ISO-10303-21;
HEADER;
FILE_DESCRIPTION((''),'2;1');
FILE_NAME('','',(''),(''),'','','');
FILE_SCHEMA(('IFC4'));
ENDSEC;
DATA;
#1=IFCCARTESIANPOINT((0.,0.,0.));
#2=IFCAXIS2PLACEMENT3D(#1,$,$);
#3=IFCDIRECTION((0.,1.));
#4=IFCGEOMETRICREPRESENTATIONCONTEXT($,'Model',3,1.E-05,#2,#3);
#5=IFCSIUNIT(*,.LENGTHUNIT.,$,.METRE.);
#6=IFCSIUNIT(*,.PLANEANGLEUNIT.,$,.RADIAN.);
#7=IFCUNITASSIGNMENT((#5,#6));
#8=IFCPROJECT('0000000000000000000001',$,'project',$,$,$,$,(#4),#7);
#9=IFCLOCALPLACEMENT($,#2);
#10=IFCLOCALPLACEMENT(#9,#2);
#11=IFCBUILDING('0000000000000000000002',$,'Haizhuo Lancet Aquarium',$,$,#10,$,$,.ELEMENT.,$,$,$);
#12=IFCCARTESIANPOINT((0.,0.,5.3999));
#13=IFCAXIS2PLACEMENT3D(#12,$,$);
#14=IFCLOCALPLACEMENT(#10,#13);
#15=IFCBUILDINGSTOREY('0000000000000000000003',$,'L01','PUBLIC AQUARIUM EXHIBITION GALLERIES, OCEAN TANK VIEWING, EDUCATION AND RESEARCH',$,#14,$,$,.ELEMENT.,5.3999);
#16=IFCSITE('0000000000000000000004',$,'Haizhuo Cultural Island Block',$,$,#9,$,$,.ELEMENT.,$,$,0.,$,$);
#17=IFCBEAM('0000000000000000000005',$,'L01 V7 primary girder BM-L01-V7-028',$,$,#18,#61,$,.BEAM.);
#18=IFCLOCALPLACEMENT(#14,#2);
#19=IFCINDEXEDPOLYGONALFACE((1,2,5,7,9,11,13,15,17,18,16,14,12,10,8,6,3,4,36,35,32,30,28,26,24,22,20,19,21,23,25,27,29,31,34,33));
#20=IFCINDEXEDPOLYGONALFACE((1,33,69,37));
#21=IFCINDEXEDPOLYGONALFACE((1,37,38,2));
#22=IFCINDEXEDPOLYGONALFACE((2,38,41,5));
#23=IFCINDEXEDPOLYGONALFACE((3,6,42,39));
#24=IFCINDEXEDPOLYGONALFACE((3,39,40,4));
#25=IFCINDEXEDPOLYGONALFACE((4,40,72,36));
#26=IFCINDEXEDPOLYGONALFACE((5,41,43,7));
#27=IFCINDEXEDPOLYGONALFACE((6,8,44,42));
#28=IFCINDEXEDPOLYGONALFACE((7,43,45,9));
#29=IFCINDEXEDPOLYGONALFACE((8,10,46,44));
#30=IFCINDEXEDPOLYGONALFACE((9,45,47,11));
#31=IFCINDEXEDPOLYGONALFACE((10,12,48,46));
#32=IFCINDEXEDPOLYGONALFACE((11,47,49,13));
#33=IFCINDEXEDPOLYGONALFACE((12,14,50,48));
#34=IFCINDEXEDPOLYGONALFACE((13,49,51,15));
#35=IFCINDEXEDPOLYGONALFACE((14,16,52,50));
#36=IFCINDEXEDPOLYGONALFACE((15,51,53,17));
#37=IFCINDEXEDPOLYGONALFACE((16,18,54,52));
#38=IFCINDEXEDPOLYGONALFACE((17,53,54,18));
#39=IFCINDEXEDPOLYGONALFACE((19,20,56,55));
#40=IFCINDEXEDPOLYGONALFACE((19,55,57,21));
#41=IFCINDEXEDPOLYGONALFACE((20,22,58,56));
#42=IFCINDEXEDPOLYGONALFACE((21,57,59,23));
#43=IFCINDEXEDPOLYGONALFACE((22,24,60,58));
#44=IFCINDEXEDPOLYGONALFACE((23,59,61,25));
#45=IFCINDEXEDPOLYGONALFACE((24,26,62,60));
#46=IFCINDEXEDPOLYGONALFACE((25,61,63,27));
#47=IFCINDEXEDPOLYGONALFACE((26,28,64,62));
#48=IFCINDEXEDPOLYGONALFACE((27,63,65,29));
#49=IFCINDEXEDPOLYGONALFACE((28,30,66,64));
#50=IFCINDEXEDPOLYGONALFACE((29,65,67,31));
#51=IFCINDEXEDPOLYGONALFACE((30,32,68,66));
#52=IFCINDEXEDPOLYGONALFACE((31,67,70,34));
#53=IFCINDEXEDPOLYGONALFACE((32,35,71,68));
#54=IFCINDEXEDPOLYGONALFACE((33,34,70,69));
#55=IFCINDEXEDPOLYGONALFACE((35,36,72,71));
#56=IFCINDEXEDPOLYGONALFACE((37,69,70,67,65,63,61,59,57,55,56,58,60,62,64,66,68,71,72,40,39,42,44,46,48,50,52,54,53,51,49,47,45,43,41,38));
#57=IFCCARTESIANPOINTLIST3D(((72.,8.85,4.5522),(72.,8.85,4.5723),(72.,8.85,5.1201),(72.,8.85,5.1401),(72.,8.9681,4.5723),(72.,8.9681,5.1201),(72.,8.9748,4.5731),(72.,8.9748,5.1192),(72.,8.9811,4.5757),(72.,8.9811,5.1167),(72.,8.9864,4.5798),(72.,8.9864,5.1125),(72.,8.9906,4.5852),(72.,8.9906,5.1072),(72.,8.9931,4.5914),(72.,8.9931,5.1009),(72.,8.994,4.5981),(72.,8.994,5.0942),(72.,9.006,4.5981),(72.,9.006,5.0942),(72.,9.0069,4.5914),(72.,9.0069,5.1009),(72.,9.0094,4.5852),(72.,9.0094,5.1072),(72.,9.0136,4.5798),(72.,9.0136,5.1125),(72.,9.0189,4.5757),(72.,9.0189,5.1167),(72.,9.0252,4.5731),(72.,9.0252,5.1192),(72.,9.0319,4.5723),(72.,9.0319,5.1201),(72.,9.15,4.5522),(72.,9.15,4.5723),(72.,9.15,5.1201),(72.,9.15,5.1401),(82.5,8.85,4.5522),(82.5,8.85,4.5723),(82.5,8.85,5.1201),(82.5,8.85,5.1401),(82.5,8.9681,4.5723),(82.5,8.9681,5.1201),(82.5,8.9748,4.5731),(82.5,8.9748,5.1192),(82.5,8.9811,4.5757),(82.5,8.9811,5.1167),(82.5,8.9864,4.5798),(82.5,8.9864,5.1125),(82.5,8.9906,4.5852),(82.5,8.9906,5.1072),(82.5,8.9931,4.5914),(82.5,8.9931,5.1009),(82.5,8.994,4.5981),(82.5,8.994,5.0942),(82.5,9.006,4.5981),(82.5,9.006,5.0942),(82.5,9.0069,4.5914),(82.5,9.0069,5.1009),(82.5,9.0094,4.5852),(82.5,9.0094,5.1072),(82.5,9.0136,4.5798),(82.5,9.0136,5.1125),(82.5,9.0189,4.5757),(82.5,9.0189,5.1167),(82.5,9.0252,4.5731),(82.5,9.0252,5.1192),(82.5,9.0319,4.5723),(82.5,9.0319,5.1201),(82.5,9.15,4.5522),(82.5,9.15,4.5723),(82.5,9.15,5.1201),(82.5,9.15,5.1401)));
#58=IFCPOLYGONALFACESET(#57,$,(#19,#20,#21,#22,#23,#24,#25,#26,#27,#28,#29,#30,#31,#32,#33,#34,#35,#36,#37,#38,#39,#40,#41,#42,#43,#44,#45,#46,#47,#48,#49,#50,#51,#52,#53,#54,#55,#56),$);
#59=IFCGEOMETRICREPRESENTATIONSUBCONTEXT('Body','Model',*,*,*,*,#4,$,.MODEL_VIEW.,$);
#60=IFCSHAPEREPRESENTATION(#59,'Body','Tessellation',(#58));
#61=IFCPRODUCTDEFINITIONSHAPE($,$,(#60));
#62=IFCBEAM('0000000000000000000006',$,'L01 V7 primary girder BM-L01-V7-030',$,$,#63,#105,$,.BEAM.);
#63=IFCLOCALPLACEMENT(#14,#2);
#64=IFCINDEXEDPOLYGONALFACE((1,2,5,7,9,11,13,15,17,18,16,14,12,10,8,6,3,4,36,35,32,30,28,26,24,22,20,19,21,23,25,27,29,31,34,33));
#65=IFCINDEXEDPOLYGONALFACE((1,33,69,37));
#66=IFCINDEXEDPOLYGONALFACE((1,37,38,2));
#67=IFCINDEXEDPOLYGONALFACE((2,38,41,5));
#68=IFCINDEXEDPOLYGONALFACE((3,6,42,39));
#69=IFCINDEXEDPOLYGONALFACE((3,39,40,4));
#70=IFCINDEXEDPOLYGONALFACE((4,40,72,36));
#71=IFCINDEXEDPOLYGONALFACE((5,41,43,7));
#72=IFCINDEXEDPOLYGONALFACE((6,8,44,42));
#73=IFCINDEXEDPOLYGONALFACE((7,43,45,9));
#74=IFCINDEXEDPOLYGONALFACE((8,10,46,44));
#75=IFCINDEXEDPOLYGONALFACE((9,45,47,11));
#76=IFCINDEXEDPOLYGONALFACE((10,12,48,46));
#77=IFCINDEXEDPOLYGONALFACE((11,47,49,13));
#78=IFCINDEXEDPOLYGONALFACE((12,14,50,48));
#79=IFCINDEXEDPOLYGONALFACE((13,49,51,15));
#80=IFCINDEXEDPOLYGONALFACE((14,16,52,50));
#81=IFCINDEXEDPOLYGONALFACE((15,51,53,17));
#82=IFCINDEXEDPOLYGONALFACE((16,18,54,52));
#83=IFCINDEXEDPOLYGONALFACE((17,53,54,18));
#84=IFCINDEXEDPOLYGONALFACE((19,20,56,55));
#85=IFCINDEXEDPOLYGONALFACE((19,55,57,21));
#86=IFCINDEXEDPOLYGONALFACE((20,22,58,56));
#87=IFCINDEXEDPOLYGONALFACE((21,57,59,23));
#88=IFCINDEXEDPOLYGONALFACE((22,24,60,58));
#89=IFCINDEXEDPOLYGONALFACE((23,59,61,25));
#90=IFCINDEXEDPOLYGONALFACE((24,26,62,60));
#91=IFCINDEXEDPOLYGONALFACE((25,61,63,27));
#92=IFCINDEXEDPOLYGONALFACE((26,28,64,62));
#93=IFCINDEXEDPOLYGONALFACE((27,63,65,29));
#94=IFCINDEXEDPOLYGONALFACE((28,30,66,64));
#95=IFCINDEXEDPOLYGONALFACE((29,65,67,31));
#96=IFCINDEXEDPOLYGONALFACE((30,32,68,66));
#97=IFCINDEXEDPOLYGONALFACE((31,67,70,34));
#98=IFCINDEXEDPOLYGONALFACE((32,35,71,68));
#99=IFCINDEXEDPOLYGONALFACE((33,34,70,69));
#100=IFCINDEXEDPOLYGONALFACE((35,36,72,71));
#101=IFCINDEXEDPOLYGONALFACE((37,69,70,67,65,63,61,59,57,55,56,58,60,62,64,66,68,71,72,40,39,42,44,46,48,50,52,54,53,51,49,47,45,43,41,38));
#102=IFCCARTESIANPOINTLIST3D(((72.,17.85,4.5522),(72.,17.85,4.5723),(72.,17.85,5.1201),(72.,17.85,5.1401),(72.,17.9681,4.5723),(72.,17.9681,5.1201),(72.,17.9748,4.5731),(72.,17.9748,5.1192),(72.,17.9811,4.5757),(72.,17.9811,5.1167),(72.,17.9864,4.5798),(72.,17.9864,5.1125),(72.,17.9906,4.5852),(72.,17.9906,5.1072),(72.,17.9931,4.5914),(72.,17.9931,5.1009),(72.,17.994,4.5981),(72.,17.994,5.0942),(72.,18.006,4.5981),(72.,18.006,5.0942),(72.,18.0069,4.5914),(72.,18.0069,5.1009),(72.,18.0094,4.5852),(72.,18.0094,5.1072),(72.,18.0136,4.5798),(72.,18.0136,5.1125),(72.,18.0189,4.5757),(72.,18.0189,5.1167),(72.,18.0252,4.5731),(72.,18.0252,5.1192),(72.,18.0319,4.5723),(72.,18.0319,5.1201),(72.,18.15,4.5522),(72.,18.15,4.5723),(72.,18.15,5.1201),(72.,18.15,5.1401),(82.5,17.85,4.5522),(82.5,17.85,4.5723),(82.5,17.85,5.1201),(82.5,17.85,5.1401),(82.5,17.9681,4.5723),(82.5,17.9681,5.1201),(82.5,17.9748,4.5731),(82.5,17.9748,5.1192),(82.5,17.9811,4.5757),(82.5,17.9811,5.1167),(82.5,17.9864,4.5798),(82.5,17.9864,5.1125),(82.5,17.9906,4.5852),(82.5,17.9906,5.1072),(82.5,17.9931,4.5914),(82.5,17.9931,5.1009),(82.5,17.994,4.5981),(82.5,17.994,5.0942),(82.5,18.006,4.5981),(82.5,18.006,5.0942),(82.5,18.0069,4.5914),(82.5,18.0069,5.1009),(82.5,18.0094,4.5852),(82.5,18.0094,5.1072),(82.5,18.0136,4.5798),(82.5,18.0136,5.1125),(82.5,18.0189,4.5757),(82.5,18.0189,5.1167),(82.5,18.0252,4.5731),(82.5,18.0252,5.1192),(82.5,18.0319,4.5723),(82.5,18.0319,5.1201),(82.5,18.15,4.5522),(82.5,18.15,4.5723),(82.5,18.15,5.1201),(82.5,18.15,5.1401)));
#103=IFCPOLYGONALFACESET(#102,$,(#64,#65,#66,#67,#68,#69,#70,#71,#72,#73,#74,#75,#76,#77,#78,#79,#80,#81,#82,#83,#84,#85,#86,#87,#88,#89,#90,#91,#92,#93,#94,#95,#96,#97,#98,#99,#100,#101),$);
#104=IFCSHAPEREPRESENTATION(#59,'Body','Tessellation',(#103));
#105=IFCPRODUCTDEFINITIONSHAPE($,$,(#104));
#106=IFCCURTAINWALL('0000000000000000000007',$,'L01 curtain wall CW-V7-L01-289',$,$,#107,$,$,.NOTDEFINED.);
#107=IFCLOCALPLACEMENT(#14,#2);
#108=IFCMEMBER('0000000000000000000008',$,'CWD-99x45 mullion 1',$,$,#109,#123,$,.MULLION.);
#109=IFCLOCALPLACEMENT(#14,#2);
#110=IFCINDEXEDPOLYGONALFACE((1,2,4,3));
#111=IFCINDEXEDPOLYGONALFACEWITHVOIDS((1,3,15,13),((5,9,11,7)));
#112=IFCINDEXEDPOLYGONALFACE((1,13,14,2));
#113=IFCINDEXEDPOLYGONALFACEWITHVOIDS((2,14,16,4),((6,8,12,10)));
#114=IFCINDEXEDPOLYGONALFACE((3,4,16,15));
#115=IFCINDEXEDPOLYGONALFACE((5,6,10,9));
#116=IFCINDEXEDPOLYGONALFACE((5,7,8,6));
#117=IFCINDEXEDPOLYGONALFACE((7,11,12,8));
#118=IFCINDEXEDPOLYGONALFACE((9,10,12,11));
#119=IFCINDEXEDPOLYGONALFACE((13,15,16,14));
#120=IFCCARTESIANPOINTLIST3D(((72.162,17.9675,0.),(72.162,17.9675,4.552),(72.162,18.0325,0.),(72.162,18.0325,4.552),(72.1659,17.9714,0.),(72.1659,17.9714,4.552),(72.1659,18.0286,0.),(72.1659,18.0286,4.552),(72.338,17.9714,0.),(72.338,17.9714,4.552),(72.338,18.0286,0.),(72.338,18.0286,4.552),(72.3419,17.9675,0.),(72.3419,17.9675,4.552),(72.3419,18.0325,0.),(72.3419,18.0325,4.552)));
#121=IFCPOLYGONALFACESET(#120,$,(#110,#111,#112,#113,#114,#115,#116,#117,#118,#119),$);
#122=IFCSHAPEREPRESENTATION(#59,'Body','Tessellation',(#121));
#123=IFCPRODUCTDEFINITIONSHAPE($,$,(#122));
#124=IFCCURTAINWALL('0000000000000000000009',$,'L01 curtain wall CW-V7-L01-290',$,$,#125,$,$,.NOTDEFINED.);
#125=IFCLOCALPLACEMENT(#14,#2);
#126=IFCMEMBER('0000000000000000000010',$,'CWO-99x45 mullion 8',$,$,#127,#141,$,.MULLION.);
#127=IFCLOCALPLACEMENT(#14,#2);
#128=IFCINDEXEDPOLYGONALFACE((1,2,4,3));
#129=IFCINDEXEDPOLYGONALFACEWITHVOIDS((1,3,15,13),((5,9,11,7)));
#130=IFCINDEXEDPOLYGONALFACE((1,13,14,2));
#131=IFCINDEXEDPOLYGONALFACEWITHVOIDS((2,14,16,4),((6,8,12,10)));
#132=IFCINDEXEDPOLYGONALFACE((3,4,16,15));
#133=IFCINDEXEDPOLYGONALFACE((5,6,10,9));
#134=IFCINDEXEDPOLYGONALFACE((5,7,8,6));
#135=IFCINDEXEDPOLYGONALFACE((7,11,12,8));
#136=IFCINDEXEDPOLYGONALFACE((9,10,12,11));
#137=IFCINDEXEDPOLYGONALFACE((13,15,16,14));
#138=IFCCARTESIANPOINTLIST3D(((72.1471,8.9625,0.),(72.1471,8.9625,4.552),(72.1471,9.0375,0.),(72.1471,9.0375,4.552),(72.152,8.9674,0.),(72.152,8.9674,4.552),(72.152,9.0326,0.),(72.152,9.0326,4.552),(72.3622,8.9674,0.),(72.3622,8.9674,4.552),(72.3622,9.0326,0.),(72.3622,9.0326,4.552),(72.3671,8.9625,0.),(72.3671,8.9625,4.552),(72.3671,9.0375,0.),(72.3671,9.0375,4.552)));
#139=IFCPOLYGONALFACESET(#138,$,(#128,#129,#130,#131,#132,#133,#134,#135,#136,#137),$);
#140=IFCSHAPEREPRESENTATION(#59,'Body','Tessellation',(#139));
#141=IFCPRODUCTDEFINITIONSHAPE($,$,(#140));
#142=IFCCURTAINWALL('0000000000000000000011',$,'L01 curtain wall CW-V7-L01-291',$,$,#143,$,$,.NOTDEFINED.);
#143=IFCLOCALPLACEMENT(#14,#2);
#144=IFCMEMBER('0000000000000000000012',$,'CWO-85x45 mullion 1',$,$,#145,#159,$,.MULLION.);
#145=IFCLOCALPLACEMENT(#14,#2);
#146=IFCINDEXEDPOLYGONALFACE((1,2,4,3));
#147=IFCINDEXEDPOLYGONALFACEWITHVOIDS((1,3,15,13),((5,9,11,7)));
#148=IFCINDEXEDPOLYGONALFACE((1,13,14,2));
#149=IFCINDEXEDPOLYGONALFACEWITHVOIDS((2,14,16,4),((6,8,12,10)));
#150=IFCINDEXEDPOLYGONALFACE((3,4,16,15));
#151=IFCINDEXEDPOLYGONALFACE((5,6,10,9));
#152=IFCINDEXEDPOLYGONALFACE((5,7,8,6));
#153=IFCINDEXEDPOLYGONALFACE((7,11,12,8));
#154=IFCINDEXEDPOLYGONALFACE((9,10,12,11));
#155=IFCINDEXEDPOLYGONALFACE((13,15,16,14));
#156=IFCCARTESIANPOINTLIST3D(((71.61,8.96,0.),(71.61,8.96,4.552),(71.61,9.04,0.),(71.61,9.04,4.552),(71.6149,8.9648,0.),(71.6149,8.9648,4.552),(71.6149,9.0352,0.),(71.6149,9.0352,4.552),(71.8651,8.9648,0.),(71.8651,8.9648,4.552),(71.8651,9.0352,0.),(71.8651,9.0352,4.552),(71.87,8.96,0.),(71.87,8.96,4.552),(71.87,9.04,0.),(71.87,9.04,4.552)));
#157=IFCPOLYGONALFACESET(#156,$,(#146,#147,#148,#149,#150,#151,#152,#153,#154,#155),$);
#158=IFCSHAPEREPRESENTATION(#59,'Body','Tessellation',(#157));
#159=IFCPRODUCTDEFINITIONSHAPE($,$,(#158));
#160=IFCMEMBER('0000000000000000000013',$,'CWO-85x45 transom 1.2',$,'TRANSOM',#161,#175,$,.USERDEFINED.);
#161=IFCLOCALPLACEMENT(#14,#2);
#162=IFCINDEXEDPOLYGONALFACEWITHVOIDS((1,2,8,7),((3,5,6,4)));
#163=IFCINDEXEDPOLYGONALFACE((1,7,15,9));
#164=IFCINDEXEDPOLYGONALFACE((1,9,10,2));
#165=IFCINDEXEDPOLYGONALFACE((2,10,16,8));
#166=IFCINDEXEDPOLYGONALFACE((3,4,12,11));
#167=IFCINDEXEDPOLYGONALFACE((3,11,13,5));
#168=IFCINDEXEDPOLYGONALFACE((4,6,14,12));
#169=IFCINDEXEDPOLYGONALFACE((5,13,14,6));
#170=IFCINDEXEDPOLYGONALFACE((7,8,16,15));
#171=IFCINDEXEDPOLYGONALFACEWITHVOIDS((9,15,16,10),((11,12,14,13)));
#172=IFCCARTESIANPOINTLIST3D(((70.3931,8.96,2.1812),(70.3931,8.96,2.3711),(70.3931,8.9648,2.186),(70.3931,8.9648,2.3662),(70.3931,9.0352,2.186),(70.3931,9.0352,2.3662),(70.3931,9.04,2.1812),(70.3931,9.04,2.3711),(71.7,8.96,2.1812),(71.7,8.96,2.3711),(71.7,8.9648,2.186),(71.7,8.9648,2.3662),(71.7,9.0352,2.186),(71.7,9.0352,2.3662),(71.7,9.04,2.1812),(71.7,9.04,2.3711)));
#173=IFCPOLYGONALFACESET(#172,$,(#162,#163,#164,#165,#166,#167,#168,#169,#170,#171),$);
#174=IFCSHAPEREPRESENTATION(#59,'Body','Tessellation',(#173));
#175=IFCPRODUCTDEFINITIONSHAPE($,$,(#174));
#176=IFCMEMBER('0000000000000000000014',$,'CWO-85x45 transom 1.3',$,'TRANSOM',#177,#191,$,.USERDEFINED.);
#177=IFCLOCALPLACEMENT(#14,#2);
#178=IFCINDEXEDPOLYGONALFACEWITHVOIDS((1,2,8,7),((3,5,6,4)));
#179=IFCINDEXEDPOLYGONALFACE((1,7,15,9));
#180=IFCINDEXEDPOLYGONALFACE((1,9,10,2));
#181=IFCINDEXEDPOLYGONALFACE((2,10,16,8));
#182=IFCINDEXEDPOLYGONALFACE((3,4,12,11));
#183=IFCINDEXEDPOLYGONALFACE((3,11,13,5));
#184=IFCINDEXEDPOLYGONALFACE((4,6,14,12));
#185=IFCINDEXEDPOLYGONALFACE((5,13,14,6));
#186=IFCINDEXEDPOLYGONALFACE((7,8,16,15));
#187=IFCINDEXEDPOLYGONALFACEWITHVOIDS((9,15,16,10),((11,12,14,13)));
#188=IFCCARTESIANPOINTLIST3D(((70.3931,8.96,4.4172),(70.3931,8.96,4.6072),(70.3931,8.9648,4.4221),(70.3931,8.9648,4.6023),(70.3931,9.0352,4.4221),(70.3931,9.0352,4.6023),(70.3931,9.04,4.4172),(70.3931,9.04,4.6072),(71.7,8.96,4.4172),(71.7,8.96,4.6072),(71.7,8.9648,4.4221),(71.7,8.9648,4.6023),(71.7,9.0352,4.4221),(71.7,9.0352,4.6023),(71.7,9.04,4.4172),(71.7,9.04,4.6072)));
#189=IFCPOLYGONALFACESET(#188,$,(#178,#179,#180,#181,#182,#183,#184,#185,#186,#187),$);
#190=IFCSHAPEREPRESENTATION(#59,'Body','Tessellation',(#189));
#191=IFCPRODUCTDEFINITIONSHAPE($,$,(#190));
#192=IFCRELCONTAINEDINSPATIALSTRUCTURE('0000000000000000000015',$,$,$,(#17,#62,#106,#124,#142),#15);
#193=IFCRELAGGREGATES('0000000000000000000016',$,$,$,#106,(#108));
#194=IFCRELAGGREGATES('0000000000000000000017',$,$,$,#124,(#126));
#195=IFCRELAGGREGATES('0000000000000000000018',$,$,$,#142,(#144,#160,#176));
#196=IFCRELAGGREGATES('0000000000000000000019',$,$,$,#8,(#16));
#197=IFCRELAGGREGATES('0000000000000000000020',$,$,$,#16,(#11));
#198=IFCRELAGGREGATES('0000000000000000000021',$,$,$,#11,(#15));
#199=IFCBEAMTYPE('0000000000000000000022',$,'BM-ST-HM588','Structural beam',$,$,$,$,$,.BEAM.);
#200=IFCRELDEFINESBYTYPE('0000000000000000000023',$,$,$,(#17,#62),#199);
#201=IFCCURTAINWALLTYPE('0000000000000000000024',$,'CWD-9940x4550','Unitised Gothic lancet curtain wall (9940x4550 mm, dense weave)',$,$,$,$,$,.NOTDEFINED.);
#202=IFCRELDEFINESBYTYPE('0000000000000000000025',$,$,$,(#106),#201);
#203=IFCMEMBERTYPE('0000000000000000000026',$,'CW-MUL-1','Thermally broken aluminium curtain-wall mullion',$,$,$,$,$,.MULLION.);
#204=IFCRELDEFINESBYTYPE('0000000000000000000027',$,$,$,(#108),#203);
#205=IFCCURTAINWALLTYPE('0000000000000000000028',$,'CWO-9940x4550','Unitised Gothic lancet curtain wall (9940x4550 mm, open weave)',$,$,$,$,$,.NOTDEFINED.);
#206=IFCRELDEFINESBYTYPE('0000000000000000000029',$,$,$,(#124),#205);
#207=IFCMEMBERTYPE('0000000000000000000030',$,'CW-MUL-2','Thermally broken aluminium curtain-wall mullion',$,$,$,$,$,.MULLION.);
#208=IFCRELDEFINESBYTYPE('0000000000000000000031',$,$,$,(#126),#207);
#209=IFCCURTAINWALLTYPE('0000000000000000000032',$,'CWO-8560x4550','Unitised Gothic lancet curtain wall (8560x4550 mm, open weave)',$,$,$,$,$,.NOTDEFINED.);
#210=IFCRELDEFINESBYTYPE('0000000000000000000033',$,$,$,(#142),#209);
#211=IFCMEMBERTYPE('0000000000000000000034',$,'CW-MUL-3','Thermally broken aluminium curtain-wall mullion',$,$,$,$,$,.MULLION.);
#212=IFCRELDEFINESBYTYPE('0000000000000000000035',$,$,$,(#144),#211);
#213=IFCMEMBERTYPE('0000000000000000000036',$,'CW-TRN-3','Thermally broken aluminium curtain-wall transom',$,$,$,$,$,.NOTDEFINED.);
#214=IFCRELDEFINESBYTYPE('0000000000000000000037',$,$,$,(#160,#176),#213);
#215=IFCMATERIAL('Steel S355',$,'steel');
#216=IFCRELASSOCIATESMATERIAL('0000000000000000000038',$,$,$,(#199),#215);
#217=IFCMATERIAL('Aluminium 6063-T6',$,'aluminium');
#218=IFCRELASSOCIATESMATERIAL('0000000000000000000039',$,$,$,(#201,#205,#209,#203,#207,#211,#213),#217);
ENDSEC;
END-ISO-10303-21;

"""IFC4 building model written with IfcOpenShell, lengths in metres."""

from ifc_helpers import new_model, si_unit, direction, frame, origin, origin_2d, place, context, subcontext, project, spatial, hollow_rectangle, i_section, extrude, material, material_profile, profile_set, type_object, element, aggregate, save


model = new_model("IFC4")

# Units and contexts
model_context = context("Model", 3, precision=1e-05, world=origin(), true_north=direction((0.0, 1.0)))
body_context = subcontext(model_context, "Body", "Model", "MODEL_VIEW")
ifc_project = project(units=[si_unit("LENGTHUNIT", "METRE"), si_unit("PLANEANGLEUNIT", "RADIAN")], contexts=[model_context])

# Site, building, storey
site_placement = place(None, origin())
site = spatial("IfcSite", under=ifc_project, at=site_placement, Name="Haizhuo Cultural Island Block", CompositionType="ELEMENT", RefElevation=0.0)
building_placement = place(site_placement, origin())
building = spatial("IfcBuilding", under=site, at=building_placement, Name="Haizhuo Lancet Aquarium", CompositionType="ELEMENT")
storey_placement = place(building_placement, frame((0.0, 0.0, 5.3999)))
storey = spatial("IfcBuildingStorey", under=building, at=storey_placement, Name="L01", Description="PUBLIC AQUARIUM EXHIBITION GALLERIES, OCEAN TANK VIEWING, EDUCATION AND RESEARCH", CompositionType="ELEMENT", Elevation=5.3999)

# Shared definitions
ifc_material_1 = material(Name="Steel S355", Category="steel")

# Beams
ifc_material_profile_1 = material_profile(ifc_material_1, i_section(OverallWidth=0.3, OverallDepth=0.5879, WebThickness=0.012, FlangeThickness=0.02, FilletRadius=0.0259, at=origin_2d()), Name="HM 588x300x12x20")
ifc_profile_set_1 = profile_set([ifc_material_profile_1], Name="Steel S355")
beam_type_1 = type_object("IfcBeamType", Name="BM-ST-HM588", Description="Structural beam", PredefinedType="BEAM", material=ifc_profile_set_1)
for number, where, z_axis, x_axis, name in (
    (1, (72.0, 9.0, 4.8462), (1.0, 0.0, 0.0), (0.0, 1.0, 0.0), "L01 V7 primary girder BM-L01-V7-028"),
    (2, (72.0, 18.0, 4.8462), (1.0, 0.0, 0.0), (0.0, 1.0, 0.0), "L01 V7 primary girder BM-L01-V7-030"),
):
    element("IfcBeam", number, at=place(storey_placement, frame(where, z_axis=z_axis, x_axis=x_axis)), inside=storey, type_object=beam_type_1, Name=name, PredefinedType="BEAM", context=body_context, shape_type="SweptSolid", body=[
        extrude(i_section(OverallWidth=0.3, OverallDepth=0.5879, WebThickness=0.012, FlangeThickness=0.02, FilletRadius=0.0259, at=origin_2d()), origin(), (0.0, 0.0, 1.0), 10.5),
    ])

# Curtain walls, members
ifc_material_2 = material(Name="Aluminium 6063-T6", Category="aluminium")
curtain_wall_type_1 = type_object("IfcCurtainWallType", Name="CWD-9940x4550", Description="Unitised Gothic lancet curtain wall (9940x4550 mm, dense weave)", PredefinedType="NOTDEFINED", material=ifc_material_2)
curtain_wall_1_placement = place(storey_placement, origin())
curtain_wall_1 = element("IfcCurtainWall", 3, at=curtain_wall_1_placement, inside=storey, type_object=curtain_wall_type_1, Name="L01 curtain wall CW-V7-L01-289", PredefinedType="NOTDEFINED")
ifc_material_profile_2 = material_profile(ifc_material_2, hollow_rectangle(XDim=0.0649, YDim=0.1799, WallThickness=0.0039, at=origin_2d()), Name="ALU-M 65x180x4")
ifc_profile_set_2 = profile_set([ifc_material_profile_2], Name="Aluminium 6063-T6")
member_type_1 = type_object("IfcMemberType", Name="CW-MUL-1", Description="Thermally broken aluminium curtain-wall mullion", PredefinedType="MULLION", material=ifc_profile_set_2)
member_1_placement = place(storey_placement, frame((72.252, 18.0, 0.0), z_axis=(0.0, 0.0, 1.0), x_axis=(0.0, 1.0, 0.0)))
member_1 = element("IfcMember", 4, at=member_1_placement, type_object=member_type_1, Name="CWD-99x45 mullion 1", PredefinedType="MULLION", context=body_context, shape_type="SweptSolid", body=[
    extrude(hollow_rectangle(XDim=0.0649, YDim=0.1799, WallThickness=0.0039, at=origin_2d()), origin(), (0.0, 0.0, 1.0), 4.552),
])
aggregate(curtain_wall_1, [member_1])
curtain_wall_type_2 = type_object("IfcCurtainWallType", Name="CWO-9940x4550", Description="Unitised Gothic lancet curtain wall (9940x4550 mm, open weave)", PredefinedType="NOTDEFINED", material=ifc_material_2)
curtain_wall_2_placement = place(storey_placement, origin())
curtain_wall_2 = element("IfcCurtainWall", 5, at=curtain_wall_2_placement, inside=storey, type_object=curtain_wall_type_2, Name="L01 curtain wall CW-V7-L01-290", PredefinedType="NOTDEFINED")
ifc_material_profile_3 = material_profile(ifc_material_2, hollow_rectangle(XDim=0.075, YDim=0.22, WallThickness=0.0049, at=origin_2d()), Name="ALU-M 75x220x5")
ifc_profile_set_3 = profile_set([ifc_material_profile_3], Name="Aluminium 6063-T6")
member_type_2 = type_object("IfcMemberType", Name="CW-MUL-2", Description="Thermally broken aluminium curtain-wall mullion", PredefinedType="MULLION", material=ifc_profile_set_3)
member_2_placement = place(storey_placement, frame((72.2571, 9.0, 0.0), z_axis=(0.0, 0.0, 1.0), x_axis=(0.0, -1.0, 0.0)))
member_2 = element("IfcMember", 6, at=member_2_placement, type_object=member_type_2, Name="CWO-99x45 mullion 8", PredefinedType="MULLION", context=body_context, shape_type="SweptSolid", body=[
    extrude(hollow_rectangle(XDim=0.075, YDim=0.22, WallThickness=0.0049, at=origin_2d()), origin(), (0.0, 0.0, 1.0), 4.552),
])
aggregate(curtain_wall_2, [member_2])

# Curtain wall, members
curtain_wall_type_3 = type_object("IfcCurtainWallType", Name="CWO-8560x4550", Description="Unitised Gothic lancet curtain wall (8560x4550 mm, open weave)", PredefinedType="NOTDEFINED", material=ifc_material_2)
curtain_wall_3_placement = place(storey_placement, origin())
curtain_wall_3 = element("IfcCurtainWall", 7, at=curtain_wall_3_placement, inside=storey, type_object=curtain_wall_type_3, Name="L01 curtain wall CW-V7-L01-291", PredefinedType="NOTDEFINED")
ifc_material_profile_4 = material_profile(ifc_material_2, hollow_rectangle(XDim=0.0801, YDim=0.26, WallThickness=0.0049, at=origin_2d()), Name="ALU-M 80x260x5")
ifc_profile_set_4 = profile_set([ifc_material_profile_4], Name="Aluminium 6063-T6")
member_type_3 = type_object("IfcMemberType", Name="CW-MUL-3", Description="Thermally broken aluminium curtain-wall mullion", PredefinedType="MULLION", material=ifc_profile_set_4)
member_3_placement = place(storey_placement, frame((71.74, 9.0, 0.0), z_axis=(0.0, 0.0, 1.0), x_axis=(0.0, -1.0, 0.0)))
member_3 = element("IfcMember", 8, at=member_3_placement, type_object=member_type_3, Name="CWO-85x45 mullion 1", PredefinedType="MULLION", context=body_context, shape_type="SweptSolid", body=[
    extrude(hollow_rectangle(XDim=0.0801, YDim=0.26, WallThickness=0.0049, at=origin_2d()), origin(), (0.0, 0.0, 1.0), 4.552),
])
ifc_material_profile_5 = material_profile(ifc_material_2, hollow_rectangle(XDim=0.0801, YDim=0.1899, WallThickness=0.0049, at=origin_2d()), Name="ALU-T 80x190x5")
ifc_profile_set_5 = profile_set([ifc_material_profile_5], Name="Aluminium 6063-T6")
member_type_4 = type_object("IfcMemberType", Name="CW-TRN-3", Description="Thermally broken aluminium curtain-wall transom", PredefinedType="NOTDEFINED", material=ifc_profile_set_5)
member_4_placement = place(storey_placement, frame((71.7, 9.0, 2.2761), z_axis=(-1.0, 0.0, 0.0), x_axis=(0.0, -1.0, 0.0)))
member_4 = element("IfcMember", 9, at=member_4_placement, type_object=member_type_4, Name="CWO-85x45 transom 1.2", ObjectType="TRANSOM", PredefinedType="USERDEFINED", context=body_context, shape_type="SweptSolid", body=[
    extrude(hollow_rectangle(XDim=0.0801, YDim=0.1899, WallThickness=0.0049, at=origin_2d()), origin(), (0.0, 0.0, 1.0), 1.3069),
])
member_5_placement = place(storey_placement, frame((71.7, 9.0, 4.5122), z_axis=(-1.0, 0.0, 0.0), x_axis=(0.0, -1.0, 0.0)))
member_5 = element("IfcMember", 10, at=member_5_placement, type_object=member_type_4, Name="CWO-85x45 transom 1.3", ObjectType="TRANSOM", PredefinedType="USERDEFINED", context=body_context, shape_type="SweptSolid", body=[
    extrude(hollow_rectangle(XDim=0.0801, YDim=0.1899, WallThickness=0.0049, at=origin_2d()), origin(), (0.0, 0.0, 1.0), 1.3069),
])
aggregate(curtain_wall_3, [member_3, member_4, member_5])

save(model, "model.ifc")
